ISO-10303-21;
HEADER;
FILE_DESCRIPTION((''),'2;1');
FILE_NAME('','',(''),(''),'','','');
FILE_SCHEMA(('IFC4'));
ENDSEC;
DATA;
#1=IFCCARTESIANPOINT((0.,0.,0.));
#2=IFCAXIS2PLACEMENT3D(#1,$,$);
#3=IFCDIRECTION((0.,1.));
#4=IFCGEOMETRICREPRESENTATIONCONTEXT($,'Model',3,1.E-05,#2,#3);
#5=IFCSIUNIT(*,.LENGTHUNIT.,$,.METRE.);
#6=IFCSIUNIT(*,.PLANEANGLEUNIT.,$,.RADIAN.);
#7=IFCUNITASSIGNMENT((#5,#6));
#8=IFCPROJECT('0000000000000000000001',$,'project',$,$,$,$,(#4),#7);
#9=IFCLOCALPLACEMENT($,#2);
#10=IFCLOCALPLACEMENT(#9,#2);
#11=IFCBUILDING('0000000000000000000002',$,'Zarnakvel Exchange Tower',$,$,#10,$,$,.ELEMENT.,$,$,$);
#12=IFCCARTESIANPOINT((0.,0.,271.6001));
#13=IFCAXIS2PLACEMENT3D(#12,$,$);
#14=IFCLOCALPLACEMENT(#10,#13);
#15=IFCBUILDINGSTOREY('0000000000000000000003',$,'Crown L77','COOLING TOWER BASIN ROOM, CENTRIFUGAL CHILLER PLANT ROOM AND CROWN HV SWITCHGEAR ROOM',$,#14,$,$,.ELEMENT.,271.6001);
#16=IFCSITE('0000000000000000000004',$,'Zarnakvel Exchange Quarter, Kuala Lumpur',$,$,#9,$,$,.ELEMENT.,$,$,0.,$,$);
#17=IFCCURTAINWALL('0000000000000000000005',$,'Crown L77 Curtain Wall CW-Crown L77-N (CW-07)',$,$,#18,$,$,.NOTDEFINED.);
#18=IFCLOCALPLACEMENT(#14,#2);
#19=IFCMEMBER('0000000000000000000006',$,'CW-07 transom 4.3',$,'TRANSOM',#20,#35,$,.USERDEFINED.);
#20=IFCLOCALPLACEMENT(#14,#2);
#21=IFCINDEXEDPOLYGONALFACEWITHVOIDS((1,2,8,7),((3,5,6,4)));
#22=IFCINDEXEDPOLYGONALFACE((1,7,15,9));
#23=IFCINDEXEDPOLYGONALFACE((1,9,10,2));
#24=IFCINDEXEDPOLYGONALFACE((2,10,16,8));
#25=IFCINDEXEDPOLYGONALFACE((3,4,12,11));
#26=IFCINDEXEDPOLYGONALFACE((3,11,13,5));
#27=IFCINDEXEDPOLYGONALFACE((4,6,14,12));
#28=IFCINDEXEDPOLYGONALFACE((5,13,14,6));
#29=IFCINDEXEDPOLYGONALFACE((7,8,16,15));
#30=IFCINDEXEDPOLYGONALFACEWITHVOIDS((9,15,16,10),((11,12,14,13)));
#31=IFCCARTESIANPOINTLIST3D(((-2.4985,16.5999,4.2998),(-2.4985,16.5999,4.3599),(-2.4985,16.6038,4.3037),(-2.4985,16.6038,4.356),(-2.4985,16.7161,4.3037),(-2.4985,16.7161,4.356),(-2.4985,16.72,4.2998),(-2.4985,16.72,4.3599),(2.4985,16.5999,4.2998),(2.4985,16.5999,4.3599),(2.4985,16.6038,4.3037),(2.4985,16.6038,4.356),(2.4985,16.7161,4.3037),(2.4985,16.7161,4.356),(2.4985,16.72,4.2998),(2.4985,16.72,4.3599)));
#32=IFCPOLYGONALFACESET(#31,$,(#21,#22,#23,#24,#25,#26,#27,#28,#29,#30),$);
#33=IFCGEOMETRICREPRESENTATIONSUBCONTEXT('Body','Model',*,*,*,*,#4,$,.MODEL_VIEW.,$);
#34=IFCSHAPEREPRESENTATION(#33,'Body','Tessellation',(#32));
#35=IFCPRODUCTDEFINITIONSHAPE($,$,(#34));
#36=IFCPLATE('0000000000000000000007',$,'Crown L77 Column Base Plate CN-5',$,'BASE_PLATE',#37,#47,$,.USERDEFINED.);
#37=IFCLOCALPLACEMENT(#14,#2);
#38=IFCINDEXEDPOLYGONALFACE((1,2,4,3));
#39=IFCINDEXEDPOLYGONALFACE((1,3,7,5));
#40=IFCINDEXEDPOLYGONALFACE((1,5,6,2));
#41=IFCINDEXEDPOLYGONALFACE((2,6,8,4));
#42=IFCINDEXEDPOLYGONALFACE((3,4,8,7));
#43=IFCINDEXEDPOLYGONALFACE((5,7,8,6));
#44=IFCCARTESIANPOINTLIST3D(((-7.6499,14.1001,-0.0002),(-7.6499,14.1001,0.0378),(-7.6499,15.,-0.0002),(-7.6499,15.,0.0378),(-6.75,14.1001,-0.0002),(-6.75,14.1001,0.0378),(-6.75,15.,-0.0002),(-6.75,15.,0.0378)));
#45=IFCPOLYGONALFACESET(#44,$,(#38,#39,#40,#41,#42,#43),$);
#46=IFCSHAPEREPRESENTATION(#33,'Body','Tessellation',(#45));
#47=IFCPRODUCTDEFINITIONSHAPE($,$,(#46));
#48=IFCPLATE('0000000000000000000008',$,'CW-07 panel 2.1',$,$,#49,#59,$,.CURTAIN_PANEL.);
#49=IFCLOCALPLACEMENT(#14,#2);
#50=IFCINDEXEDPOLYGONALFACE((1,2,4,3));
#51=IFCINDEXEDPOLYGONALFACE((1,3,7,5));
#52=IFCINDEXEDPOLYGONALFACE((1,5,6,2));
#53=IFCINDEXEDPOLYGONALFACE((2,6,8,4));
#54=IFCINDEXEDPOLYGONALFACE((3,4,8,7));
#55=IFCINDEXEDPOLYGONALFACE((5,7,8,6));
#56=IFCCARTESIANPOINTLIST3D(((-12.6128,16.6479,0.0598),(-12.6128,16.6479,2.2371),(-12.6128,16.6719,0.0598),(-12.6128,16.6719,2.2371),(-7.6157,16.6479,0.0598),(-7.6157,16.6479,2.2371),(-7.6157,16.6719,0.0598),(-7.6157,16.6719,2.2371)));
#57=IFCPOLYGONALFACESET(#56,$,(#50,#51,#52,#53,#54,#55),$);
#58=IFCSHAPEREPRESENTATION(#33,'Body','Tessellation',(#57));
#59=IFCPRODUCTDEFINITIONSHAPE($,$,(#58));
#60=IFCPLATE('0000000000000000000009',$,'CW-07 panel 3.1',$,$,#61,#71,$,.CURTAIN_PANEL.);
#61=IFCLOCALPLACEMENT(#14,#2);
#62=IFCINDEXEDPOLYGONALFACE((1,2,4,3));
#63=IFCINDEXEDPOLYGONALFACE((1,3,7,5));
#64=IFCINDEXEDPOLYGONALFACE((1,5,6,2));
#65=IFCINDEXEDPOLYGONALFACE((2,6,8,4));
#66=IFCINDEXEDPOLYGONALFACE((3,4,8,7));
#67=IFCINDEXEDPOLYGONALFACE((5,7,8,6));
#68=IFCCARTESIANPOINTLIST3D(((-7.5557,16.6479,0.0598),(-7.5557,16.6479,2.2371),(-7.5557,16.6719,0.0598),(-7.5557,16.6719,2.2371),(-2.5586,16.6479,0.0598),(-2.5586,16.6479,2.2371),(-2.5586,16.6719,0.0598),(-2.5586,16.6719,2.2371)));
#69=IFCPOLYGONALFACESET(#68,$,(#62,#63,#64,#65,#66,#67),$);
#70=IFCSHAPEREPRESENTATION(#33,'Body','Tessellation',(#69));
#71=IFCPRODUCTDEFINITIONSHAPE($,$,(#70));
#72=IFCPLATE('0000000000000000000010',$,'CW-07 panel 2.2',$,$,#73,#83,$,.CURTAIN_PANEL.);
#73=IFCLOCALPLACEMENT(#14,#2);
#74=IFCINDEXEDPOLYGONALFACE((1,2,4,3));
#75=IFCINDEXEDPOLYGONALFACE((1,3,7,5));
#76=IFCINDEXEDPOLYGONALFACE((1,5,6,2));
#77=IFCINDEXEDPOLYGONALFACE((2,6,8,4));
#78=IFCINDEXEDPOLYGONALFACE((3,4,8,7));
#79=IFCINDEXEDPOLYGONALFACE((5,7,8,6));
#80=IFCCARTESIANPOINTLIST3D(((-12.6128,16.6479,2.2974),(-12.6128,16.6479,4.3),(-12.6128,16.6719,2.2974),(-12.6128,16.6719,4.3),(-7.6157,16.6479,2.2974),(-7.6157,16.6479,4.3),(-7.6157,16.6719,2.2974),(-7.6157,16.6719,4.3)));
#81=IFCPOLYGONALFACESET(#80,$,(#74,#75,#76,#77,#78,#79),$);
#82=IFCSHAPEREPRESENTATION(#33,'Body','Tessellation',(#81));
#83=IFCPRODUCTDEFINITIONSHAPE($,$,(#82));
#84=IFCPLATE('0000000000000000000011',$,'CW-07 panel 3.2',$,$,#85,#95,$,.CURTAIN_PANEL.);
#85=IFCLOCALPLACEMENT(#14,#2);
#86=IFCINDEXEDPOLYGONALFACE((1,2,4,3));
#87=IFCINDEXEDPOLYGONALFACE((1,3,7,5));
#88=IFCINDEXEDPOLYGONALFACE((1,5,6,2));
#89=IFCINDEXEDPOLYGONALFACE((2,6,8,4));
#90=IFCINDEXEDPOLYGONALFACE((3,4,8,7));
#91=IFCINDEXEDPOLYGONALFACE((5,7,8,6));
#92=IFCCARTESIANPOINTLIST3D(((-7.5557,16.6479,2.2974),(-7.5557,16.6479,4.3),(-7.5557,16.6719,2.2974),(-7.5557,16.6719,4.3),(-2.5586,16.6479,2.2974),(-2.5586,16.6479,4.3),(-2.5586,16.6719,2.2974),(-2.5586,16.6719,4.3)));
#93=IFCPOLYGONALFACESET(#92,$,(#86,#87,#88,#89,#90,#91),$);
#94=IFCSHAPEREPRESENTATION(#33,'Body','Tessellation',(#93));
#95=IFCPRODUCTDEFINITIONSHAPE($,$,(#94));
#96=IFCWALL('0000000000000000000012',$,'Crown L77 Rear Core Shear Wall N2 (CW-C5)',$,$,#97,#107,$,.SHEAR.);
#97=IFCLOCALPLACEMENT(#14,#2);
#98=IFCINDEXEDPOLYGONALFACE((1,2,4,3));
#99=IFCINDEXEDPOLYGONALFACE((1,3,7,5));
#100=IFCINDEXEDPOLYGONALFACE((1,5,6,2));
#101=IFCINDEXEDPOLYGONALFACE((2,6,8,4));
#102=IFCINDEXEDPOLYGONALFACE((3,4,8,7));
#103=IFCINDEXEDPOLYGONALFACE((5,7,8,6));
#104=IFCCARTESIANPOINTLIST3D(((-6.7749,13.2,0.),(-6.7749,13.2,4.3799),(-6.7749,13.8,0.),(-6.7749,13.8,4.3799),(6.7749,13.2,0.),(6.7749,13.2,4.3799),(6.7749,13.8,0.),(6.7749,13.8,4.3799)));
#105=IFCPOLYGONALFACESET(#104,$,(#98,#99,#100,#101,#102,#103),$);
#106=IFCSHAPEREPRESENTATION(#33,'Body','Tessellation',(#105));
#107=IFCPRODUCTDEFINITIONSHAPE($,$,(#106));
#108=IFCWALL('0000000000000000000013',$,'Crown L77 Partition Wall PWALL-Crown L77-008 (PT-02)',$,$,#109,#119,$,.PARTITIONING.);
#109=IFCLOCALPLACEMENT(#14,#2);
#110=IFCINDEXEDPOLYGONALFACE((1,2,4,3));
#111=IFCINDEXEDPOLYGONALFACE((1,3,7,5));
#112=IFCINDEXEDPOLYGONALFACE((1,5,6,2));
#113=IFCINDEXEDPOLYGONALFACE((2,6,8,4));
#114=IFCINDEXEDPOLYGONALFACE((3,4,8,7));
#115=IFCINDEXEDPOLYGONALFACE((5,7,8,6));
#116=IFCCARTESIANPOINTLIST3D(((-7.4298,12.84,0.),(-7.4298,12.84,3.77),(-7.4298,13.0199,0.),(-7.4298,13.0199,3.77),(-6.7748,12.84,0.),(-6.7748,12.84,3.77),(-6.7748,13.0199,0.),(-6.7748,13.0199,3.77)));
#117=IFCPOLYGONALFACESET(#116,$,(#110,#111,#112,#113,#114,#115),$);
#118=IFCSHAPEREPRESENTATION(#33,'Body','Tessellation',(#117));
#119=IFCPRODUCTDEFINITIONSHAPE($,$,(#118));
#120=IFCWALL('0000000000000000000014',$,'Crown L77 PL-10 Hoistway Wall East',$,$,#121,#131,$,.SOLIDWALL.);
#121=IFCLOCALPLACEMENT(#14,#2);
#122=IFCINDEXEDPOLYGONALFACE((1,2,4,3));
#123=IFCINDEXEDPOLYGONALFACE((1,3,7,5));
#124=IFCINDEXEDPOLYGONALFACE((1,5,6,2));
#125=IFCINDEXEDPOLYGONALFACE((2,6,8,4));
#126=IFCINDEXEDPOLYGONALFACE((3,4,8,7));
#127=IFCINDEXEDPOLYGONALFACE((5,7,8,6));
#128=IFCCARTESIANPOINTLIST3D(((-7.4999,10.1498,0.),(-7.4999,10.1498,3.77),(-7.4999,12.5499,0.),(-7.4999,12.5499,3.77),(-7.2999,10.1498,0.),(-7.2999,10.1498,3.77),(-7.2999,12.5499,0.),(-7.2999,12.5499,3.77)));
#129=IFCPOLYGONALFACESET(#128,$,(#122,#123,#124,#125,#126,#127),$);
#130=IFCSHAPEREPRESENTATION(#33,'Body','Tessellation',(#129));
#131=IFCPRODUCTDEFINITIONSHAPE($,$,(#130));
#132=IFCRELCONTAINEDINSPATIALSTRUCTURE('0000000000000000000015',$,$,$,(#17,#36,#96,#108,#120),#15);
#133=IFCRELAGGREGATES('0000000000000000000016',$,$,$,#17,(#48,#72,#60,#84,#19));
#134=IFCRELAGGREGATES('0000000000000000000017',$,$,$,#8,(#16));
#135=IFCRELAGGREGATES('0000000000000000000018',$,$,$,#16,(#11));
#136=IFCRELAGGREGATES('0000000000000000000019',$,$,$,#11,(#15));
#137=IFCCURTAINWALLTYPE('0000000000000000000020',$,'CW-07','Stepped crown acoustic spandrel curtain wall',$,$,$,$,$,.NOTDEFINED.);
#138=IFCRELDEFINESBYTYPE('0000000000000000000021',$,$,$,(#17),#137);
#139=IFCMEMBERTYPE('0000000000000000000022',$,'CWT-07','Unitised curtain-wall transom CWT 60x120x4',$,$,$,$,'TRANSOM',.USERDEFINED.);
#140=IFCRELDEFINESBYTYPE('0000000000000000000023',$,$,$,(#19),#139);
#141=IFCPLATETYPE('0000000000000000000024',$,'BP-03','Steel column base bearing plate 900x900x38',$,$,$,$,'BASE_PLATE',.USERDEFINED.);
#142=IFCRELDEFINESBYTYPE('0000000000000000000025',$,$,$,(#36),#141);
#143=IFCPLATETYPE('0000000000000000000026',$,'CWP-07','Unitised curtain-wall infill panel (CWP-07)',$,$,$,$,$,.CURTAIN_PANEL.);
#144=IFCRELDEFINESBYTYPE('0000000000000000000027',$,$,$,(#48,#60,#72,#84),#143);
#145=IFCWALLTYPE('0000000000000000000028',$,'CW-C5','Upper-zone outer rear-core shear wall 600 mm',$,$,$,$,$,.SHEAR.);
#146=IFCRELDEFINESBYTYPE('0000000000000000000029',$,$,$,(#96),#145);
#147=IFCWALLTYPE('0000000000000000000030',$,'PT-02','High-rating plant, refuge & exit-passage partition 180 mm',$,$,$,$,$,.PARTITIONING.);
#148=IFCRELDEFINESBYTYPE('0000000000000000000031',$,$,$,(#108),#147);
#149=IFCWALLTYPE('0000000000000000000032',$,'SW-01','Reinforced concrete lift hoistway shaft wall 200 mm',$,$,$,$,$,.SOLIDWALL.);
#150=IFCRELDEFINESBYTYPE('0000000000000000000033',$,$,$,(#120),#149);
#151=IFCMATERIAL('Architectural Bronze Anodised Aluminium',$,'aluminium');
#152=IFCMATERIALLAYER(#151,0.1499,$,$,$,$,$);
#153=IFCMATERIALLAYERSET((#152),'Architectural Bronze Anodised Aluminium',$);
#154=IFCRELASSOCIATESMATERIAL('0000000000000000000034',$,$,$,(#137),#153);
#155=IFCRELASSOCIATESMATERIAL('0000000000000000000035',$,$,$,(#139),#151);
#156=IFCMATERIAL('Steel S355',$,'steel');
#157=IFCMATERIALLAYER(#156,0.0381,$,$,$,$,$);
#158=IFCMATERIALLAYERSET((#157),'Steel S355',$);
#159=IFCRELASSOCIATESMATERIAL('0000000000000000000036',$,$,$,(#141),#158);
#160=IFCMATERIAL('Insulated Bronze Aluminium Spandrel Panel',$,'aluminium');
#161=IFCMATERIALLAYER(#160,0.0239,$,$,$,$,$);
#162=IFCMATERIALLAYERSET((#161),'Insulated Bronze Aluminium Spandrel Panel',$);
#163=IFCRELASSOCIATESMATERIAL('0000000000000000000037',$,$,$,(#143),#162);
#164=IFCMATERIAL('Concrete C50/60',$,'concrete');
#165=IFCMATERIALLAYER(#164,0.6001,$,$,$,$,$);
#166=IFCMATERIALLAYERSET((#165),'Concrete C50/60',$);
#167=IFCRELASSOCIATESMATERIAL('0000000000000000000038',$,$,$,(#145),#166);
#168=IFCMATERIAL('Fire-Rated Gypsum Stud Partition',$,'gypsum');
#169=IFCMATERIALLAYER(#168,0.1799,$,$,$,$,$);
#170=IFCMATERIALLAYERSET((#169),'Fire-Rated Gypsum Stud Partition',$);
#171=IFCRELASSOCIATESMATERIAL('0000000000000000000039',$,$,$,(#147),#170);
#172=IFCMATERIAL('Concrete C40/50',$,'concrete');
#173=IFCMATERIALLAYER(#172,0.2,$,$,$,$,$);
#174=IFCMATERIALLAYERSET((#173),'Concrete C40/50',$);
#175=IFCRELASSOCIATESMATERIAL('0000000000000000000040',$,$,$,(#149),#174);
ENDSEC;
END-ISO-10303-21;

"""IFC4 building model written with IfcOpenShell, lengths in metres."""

from ifc_helpers import new_model, si_unit, direction, frame, frame_2d, origin, origin_2d, place, context, subcontext, project, spatial, rectangle, hollow_rectangle, extrude, source, transform, mapped, material, layer, layer_set, material_profile, profile_set, type_object, element, aggregate, save


model = new_model("IFC4")

# Units and contexts
model_context = context("Model", 3, precision=1e-05, world=origin(), true_north=direction((0.0, 1.0)))
body_context = subcontext(model_context, "Body", "Model", "MODEL_VIEW")
ifc_project = project(units=[si_unit("LENGTHUNIT", "METRE"), si_unit("PLANEANGLEUNIT", "RADIAN")], contexts=[model_context])

# Site, building, storey
site_placement = place(None, origin())
site = spatial("IfcSite", under=ifc_project, at=site_placement, Name="Zarnakvel Exchange Quarter, Kuala Lumpur", CompositionType="ELEMENT", RefElevation=0.0)
building_placement = place(site_placement, origin())
building = spatial("IfcBuilding", under=site, at=building_placement, Name="Zarnakvel Exchange Tower", CompositionType="ELEMENT")
storey_placement = place(building_placement, frame((0.0, 0.0, 271.6001)))
storey = spatial("IfcBuildingStorey", under=building, at=storey_placement, Name="Crown L77", Description="COOLING TOWER BASIN ROOM, CENTRIFUGAL CHILLER PLANT ROOM AND CROWN HV SWITCHGEAR ROOM", CompositionType="ELEMENT", Elevation=271.6001)

# Shared definitions
ifc_material_1 = material(Name="Concrete C50/60", Category="concrete")
ifc_material_2 = material(Name="Steel S355", Category="steel")

# Curtain wall, member
ifc_material_3 = material(Name="Architectural Bronze Anodised Aluminium", Category="aluminium")
ifc_layer_1 = layer(ifc_material_3, 0.1499)
ifc_layer_set_1 = layer_set([ifc_layer_1], Name="Architectural Bronze Anodised Aluminium")
curtain_wall_type = type_object("IfcCurtainWallType", Name="CW-07", Description="Stepped crown acoustic spandrel curtain wall", PredefinedType="NOTDEFINED", material=ifc_layer_set_1)
curtain_wall_placement = place(storey_placement, origin())
curtain_wall = element("IfcCurtainWall", 1, at=curtain_wall_placement, inside=storey, type_object=curtain_wall_type, Name="Crown L77 Curtain Wall CW-Crown L77-N (CW-07)", PredefinedType="NOTDEFINED")
ifc_material_profile_1 = material_profile(ifc_material_3, hollow_rectangle(XDim=0.1201, YDim=0.0601, WallThickness=0.0039, at=origin_2d()))
ifc_profile_set_1 = profile_set([ifc_material_profile_1], Name="Architectural Bronze Anodised Aluminium")
member_type_1 = type_object("IfcMemberType", Name="CWT-07", Description="Unitised curtain-wall transom CWT 60x120x4", ElementType="TRANSOM", PredefinedType="USERDEFINED", material=ifc_profile_set_1)
shared_shape_1 = source(origin(), body_context, "Body", "SweptSolid", [
    extrude(hollow_rectangle(XDim=0.1201, YDim=0.0601, WallThickness=0.0039, at=origin_2d()), origin(), (0.0, 0.0, 1.0), 4.9971),
])
member_1_placement = place(storey_placement, frame((-2.4985, 16.6599, 4.3298), z_axis=(1.0, 0.0, 0.0), x_axis=(0.0, 1.0, 0.0)))
member_1 = element("IfcMember", 2, at=member_1_placement, type_object=member_type_1, Name="CW-07 transom 4.3", ObjectType="TRANSOM", PredefinedType="USERDEFINED", context=body_context, shape_type="MappedRepresentation", body=[
    mapped(shared_shape_1, transform((0.0, 0.0, 0.0), x_axis=(1.0, 0.0, 0.0), y_axis=(0.0, 1.0, 0.0), z_axis=(0.0, 0.0, 1.0), scale=1.0)),
])

# Plates
ifc_layer_2 = layer(ifc_material_2, 0.0381)
ifc_layer_set_2 = layer_set([ifc_layer_2], Name="Steel S355")
plate_type_1 = type_object("IfcPlateType", Name="BP-03", Description="Steel column base bearing plate 900x900x38", ElementType="BASE_PLATE", PredefinedType="USERDEFINED", material=ifc_layer_set_2)
shared_shape_2 = source(origin(), body_context, "Body", "SweptSolid", [
    extrude(rectangle(XDim=0.8999, YDim=0.8999, at=origin_2d()), origin(), (0.0, 0.0, 1.0), 0.0381),
])
plate_1_placement = place(storey_placement, frame((-7.2, 14.55, -0.0002), z_axis=(0.0, 0.0, 1.0), x_axis=(1.0, 0.0, 0.0)))
element("IfcPlate", 3, at=plate_1_placement, inside=storey, type_object=plate_type_1, Name="Crown L77 Column Base Plate CN-5", ObjectType="BASE_PLATE", PredefinedType="USERDEFINED", context=body_context, shape_type="MappedRepresentation", body=[
    mapped(shared_shape_2, transform((0.0, 0.0, 0.0), x_axis=(1.0, 0.0, 0.0), y_axis=(0.0, 1.0, 0.0), z_axis=(0.0, 0.0, 1.0), scale=1.0)),
])
ifc_material_4 = material(Name="Insulated Bronze Aluminium Spandrel Panel", Category="aluminium")
ifc_layer_3 = layer(ifc_material_4, 0.0239)
ifc_layer_set_3 = layer_set([ifc_layer_3], Name="Insulated Bronze Aluminium Spandrel Panel")
plate_type_2 = type_object("IfcPlateType", Name="CWP-07", Description="Unitised curtain-wall infill panel (CWP-07)", PredefinedType="CURTAIN_PANEL", material=ifc_layer_set_3)
shared_shape_3 = source(origin(), body_context, "Body", "SweptSolid", [
    extrude(rectangle(XDim=4.9971, YDim=0.0239, at=origin_2d()), origin(), (0.0, 0.0, 1.0), 2.1772),
])
plate_2_placement = place(storey_placement, frame((-10.1143, 16.6599, 0.0598), z_axis=(0.0, 0.0, 1.0), x_axis=(1.0, 0.0, 0.0)))
plate_2 = element("IfcPlate", 4, at=plate_2_placement, type_object=plate_type_2, Name="CW-07 panel 2.1", PredefinedType="CURTAIN_PANEL", context=body_context, shape_type="MappedRepresentation", body=[
    mapped(shared_shape_3, transform((0.0, 0.0, 0.0), x_axis=(1.0, 0.0, 0.0), y_axis=(0.0, 1.0, 0.0), z_axis=(0.0, 0.0, 1.0), scale=1.0)),
])
plate_3_placement = place(storey_placement, frame((-5.0571, 16.6599, 0.0598), z_axis=(0.0, 0.0, 1.0), x_axis=(1.0, 0.0, 0.0)))
plate_3 = element("IfcPlate", 5, at=plate_3_placement, type_object=plate_type_2, Name="CW-07 panel 3.1", PredefinedType="CURTAIN_PANEL", context=body_context, shape_type="MappedRepresentation", body=[
    mapped(shared_shape_3, transform((0.0, 0.0, 0.0), x_axis=(1.0, 0.0, 0.0), y_axis=(0.0, 1.0, 0.0), z_axis=(0.0, 0.0, 1.0), scale=1.0)),
])
shared_shape_4 = source(origin(), body_context, "Body", "SweptSolid", [
    extrude(rectangle(XDim=4.9971, YDim=0.0239, at=origin_2d()), origin(), (0.0, 0.0, 1.0), 2.0027),
])
plate_4_placement = place(storey_placement, frame((-10.1143, 16.6599, 2.2974), z_axis=(0.0, 0.0, 1.0), x_axis=(1.0, 0.0, 0.0)))
plate_4 = element("IfcPlate", 6, at=plate_4_placement, type_object=plate_type_2, Name="CW-07 panel 2.2", PredefinedType="CURTAIN_PANEL", context=body_context, shape_type="MappedRepresentation", body=[
    mapped(shared_shape_4, transform((0.0, 0.0, 0.0), x_axis=(1.0, 0.0, 0.0), y_axis=(0.0, 1.0, 0.0), z_axis=(0.0, 0.0, 1.0), scale=1.0)),
])
plate_5_placement = place(storey_placement, frame((-5.0571, 16.6599, 2.2974), z_axis=(0.0, 0.0, 1.0), x_axis=(1.0, 0.0, 0.0)))
plate_5 = element("IfcPlate", 7, at=plate_5_placement, type_object=plate_type_2, Name="CW-07 panel 3.2", PredefinedType="CURTAIN_PANEL", context=body_context, shape_type="MappedRepresentation", body=[
    mapped(shared_shape_4, transform((0.0, 0.0, 0.0), x_axis=(1.0, 0.0, 0.0), y_axis=(0.0, 1.0, 0.0), z_axis=(0.0, 0.0, 1.0), scale=1.0)),
])
aggregate(curtain_wall, [plate_2, plate_4, plate_3, plate_5, member_1])

# Walls
ifc_layer_4 = layer(ifc_material_1, 0.6001)
ifc_layer_set_4 = layer_set([ifc_layer_4], Name="Concrete C50/60")
wall_type_1 = type_object("IfcWallType", Name="CW-C5", Description="Upper-zone outer rear-core shear wall 600 mm", PredefinedType="SHEAR", material=ifc_layer_set_4)
wall_1_placement = place(storey_placement, frame((-6.7749, 13.5, 0.0), z_axis=(0.0, 0.0, 1.0), x_axis=(1.0, 0.0, 0.0)))
element("IfcWall", 8, at=wall_1_placement, inside=storey, type_object=wall_type_1, Name="Crown L77 Rear Core Shear Wall N2 (CW-C5)", PredefinedType="SHEAR", context=body_context, shape_type="SweptSolid", body=[
    extrude(rectangle(XDim=13.5498, YDim=0.6001, at=frame_2d((6.7749, 0.0))), origin(), (0.0, 0.0, 1.0), 4.3799),
])
ifc_material_5 = material(Name="Fire-Rated Gypsum Stud Partition", Category="gypsum")
ifc_layer_5 = layer(ifc_material_5, 0.1799)
ifc_layer_set_5 = layer_set([ifc_layer_5], Name="Fire-Rated Gypsum Stud Partition")
wall_type_2 = type_object("IfcWallType", Name="PT-02", Description="High-rating plant, refuge & exit-passage partition 180 mm", PredefinedType="PARTITIONING", material=ifc_layer_set_5)
wall_2_placement = place(storey_placement, frame((-7.4299, 12.9299, 0.0), z_axis=(0.0, 0.0, 1.0), x_axis=(1.0, 0.0, 0.0)))
element("IfcWall", 9, at=wall_2_placement, inside=storey, type_object=wall_type_2, Name="Crown L77 Partition Wall PWALL-Crown L77-008 (PT-02)", PredefinedType="PARTITIONING", context=body_context, shape_type="SweptSolid", body=[
    extrude(rectangle(XDim=0.655, YDim=0.1799, at=frame_2d((0.3276, 0.0))), origin(), (0.0, 0.0, 1.0), 3.77),
])
ifc_material_6 = material(Name="Concrete C40/50", Category="concrete")
ifc_layer_6 = layer(ifc_material_6, 0.2)
ifc_layer_set_6 = layer_set([ifc_layer_6], Name="Concrete C40/50")
wall_type_3 = type_object("IfcWallType", Name="SW-01", Description="Reinforced concrete lift hoistway shaft wall 200 mm", PredefinedType="SOLIDWALL", material=ifc_layer_set_6)
wall_3_placement = place(storey_placement, frame((-7.3999, 12.55, 0.0), z_axis=(0.0, 0.0, 1.0), x_axis=(0.0, -1.0, 0.0)))
element("IfcWall", 10, at=wall_3_placement, inside=storey, type_object=wall_type_3, Name="Crown L77 PL-10 Hoistway Wall East", PredefinedType="SOLIDWALL", context=body_context, shape_type="SweptSolid", body=[
    extrude(rectangle(XDim=2.4001, YDim=0.2, at=frame_2d((1.2002, 0.0))), origin(), (0.0, 0.0, 1.0), 3.77),
])

save(model, "model.ifc")
